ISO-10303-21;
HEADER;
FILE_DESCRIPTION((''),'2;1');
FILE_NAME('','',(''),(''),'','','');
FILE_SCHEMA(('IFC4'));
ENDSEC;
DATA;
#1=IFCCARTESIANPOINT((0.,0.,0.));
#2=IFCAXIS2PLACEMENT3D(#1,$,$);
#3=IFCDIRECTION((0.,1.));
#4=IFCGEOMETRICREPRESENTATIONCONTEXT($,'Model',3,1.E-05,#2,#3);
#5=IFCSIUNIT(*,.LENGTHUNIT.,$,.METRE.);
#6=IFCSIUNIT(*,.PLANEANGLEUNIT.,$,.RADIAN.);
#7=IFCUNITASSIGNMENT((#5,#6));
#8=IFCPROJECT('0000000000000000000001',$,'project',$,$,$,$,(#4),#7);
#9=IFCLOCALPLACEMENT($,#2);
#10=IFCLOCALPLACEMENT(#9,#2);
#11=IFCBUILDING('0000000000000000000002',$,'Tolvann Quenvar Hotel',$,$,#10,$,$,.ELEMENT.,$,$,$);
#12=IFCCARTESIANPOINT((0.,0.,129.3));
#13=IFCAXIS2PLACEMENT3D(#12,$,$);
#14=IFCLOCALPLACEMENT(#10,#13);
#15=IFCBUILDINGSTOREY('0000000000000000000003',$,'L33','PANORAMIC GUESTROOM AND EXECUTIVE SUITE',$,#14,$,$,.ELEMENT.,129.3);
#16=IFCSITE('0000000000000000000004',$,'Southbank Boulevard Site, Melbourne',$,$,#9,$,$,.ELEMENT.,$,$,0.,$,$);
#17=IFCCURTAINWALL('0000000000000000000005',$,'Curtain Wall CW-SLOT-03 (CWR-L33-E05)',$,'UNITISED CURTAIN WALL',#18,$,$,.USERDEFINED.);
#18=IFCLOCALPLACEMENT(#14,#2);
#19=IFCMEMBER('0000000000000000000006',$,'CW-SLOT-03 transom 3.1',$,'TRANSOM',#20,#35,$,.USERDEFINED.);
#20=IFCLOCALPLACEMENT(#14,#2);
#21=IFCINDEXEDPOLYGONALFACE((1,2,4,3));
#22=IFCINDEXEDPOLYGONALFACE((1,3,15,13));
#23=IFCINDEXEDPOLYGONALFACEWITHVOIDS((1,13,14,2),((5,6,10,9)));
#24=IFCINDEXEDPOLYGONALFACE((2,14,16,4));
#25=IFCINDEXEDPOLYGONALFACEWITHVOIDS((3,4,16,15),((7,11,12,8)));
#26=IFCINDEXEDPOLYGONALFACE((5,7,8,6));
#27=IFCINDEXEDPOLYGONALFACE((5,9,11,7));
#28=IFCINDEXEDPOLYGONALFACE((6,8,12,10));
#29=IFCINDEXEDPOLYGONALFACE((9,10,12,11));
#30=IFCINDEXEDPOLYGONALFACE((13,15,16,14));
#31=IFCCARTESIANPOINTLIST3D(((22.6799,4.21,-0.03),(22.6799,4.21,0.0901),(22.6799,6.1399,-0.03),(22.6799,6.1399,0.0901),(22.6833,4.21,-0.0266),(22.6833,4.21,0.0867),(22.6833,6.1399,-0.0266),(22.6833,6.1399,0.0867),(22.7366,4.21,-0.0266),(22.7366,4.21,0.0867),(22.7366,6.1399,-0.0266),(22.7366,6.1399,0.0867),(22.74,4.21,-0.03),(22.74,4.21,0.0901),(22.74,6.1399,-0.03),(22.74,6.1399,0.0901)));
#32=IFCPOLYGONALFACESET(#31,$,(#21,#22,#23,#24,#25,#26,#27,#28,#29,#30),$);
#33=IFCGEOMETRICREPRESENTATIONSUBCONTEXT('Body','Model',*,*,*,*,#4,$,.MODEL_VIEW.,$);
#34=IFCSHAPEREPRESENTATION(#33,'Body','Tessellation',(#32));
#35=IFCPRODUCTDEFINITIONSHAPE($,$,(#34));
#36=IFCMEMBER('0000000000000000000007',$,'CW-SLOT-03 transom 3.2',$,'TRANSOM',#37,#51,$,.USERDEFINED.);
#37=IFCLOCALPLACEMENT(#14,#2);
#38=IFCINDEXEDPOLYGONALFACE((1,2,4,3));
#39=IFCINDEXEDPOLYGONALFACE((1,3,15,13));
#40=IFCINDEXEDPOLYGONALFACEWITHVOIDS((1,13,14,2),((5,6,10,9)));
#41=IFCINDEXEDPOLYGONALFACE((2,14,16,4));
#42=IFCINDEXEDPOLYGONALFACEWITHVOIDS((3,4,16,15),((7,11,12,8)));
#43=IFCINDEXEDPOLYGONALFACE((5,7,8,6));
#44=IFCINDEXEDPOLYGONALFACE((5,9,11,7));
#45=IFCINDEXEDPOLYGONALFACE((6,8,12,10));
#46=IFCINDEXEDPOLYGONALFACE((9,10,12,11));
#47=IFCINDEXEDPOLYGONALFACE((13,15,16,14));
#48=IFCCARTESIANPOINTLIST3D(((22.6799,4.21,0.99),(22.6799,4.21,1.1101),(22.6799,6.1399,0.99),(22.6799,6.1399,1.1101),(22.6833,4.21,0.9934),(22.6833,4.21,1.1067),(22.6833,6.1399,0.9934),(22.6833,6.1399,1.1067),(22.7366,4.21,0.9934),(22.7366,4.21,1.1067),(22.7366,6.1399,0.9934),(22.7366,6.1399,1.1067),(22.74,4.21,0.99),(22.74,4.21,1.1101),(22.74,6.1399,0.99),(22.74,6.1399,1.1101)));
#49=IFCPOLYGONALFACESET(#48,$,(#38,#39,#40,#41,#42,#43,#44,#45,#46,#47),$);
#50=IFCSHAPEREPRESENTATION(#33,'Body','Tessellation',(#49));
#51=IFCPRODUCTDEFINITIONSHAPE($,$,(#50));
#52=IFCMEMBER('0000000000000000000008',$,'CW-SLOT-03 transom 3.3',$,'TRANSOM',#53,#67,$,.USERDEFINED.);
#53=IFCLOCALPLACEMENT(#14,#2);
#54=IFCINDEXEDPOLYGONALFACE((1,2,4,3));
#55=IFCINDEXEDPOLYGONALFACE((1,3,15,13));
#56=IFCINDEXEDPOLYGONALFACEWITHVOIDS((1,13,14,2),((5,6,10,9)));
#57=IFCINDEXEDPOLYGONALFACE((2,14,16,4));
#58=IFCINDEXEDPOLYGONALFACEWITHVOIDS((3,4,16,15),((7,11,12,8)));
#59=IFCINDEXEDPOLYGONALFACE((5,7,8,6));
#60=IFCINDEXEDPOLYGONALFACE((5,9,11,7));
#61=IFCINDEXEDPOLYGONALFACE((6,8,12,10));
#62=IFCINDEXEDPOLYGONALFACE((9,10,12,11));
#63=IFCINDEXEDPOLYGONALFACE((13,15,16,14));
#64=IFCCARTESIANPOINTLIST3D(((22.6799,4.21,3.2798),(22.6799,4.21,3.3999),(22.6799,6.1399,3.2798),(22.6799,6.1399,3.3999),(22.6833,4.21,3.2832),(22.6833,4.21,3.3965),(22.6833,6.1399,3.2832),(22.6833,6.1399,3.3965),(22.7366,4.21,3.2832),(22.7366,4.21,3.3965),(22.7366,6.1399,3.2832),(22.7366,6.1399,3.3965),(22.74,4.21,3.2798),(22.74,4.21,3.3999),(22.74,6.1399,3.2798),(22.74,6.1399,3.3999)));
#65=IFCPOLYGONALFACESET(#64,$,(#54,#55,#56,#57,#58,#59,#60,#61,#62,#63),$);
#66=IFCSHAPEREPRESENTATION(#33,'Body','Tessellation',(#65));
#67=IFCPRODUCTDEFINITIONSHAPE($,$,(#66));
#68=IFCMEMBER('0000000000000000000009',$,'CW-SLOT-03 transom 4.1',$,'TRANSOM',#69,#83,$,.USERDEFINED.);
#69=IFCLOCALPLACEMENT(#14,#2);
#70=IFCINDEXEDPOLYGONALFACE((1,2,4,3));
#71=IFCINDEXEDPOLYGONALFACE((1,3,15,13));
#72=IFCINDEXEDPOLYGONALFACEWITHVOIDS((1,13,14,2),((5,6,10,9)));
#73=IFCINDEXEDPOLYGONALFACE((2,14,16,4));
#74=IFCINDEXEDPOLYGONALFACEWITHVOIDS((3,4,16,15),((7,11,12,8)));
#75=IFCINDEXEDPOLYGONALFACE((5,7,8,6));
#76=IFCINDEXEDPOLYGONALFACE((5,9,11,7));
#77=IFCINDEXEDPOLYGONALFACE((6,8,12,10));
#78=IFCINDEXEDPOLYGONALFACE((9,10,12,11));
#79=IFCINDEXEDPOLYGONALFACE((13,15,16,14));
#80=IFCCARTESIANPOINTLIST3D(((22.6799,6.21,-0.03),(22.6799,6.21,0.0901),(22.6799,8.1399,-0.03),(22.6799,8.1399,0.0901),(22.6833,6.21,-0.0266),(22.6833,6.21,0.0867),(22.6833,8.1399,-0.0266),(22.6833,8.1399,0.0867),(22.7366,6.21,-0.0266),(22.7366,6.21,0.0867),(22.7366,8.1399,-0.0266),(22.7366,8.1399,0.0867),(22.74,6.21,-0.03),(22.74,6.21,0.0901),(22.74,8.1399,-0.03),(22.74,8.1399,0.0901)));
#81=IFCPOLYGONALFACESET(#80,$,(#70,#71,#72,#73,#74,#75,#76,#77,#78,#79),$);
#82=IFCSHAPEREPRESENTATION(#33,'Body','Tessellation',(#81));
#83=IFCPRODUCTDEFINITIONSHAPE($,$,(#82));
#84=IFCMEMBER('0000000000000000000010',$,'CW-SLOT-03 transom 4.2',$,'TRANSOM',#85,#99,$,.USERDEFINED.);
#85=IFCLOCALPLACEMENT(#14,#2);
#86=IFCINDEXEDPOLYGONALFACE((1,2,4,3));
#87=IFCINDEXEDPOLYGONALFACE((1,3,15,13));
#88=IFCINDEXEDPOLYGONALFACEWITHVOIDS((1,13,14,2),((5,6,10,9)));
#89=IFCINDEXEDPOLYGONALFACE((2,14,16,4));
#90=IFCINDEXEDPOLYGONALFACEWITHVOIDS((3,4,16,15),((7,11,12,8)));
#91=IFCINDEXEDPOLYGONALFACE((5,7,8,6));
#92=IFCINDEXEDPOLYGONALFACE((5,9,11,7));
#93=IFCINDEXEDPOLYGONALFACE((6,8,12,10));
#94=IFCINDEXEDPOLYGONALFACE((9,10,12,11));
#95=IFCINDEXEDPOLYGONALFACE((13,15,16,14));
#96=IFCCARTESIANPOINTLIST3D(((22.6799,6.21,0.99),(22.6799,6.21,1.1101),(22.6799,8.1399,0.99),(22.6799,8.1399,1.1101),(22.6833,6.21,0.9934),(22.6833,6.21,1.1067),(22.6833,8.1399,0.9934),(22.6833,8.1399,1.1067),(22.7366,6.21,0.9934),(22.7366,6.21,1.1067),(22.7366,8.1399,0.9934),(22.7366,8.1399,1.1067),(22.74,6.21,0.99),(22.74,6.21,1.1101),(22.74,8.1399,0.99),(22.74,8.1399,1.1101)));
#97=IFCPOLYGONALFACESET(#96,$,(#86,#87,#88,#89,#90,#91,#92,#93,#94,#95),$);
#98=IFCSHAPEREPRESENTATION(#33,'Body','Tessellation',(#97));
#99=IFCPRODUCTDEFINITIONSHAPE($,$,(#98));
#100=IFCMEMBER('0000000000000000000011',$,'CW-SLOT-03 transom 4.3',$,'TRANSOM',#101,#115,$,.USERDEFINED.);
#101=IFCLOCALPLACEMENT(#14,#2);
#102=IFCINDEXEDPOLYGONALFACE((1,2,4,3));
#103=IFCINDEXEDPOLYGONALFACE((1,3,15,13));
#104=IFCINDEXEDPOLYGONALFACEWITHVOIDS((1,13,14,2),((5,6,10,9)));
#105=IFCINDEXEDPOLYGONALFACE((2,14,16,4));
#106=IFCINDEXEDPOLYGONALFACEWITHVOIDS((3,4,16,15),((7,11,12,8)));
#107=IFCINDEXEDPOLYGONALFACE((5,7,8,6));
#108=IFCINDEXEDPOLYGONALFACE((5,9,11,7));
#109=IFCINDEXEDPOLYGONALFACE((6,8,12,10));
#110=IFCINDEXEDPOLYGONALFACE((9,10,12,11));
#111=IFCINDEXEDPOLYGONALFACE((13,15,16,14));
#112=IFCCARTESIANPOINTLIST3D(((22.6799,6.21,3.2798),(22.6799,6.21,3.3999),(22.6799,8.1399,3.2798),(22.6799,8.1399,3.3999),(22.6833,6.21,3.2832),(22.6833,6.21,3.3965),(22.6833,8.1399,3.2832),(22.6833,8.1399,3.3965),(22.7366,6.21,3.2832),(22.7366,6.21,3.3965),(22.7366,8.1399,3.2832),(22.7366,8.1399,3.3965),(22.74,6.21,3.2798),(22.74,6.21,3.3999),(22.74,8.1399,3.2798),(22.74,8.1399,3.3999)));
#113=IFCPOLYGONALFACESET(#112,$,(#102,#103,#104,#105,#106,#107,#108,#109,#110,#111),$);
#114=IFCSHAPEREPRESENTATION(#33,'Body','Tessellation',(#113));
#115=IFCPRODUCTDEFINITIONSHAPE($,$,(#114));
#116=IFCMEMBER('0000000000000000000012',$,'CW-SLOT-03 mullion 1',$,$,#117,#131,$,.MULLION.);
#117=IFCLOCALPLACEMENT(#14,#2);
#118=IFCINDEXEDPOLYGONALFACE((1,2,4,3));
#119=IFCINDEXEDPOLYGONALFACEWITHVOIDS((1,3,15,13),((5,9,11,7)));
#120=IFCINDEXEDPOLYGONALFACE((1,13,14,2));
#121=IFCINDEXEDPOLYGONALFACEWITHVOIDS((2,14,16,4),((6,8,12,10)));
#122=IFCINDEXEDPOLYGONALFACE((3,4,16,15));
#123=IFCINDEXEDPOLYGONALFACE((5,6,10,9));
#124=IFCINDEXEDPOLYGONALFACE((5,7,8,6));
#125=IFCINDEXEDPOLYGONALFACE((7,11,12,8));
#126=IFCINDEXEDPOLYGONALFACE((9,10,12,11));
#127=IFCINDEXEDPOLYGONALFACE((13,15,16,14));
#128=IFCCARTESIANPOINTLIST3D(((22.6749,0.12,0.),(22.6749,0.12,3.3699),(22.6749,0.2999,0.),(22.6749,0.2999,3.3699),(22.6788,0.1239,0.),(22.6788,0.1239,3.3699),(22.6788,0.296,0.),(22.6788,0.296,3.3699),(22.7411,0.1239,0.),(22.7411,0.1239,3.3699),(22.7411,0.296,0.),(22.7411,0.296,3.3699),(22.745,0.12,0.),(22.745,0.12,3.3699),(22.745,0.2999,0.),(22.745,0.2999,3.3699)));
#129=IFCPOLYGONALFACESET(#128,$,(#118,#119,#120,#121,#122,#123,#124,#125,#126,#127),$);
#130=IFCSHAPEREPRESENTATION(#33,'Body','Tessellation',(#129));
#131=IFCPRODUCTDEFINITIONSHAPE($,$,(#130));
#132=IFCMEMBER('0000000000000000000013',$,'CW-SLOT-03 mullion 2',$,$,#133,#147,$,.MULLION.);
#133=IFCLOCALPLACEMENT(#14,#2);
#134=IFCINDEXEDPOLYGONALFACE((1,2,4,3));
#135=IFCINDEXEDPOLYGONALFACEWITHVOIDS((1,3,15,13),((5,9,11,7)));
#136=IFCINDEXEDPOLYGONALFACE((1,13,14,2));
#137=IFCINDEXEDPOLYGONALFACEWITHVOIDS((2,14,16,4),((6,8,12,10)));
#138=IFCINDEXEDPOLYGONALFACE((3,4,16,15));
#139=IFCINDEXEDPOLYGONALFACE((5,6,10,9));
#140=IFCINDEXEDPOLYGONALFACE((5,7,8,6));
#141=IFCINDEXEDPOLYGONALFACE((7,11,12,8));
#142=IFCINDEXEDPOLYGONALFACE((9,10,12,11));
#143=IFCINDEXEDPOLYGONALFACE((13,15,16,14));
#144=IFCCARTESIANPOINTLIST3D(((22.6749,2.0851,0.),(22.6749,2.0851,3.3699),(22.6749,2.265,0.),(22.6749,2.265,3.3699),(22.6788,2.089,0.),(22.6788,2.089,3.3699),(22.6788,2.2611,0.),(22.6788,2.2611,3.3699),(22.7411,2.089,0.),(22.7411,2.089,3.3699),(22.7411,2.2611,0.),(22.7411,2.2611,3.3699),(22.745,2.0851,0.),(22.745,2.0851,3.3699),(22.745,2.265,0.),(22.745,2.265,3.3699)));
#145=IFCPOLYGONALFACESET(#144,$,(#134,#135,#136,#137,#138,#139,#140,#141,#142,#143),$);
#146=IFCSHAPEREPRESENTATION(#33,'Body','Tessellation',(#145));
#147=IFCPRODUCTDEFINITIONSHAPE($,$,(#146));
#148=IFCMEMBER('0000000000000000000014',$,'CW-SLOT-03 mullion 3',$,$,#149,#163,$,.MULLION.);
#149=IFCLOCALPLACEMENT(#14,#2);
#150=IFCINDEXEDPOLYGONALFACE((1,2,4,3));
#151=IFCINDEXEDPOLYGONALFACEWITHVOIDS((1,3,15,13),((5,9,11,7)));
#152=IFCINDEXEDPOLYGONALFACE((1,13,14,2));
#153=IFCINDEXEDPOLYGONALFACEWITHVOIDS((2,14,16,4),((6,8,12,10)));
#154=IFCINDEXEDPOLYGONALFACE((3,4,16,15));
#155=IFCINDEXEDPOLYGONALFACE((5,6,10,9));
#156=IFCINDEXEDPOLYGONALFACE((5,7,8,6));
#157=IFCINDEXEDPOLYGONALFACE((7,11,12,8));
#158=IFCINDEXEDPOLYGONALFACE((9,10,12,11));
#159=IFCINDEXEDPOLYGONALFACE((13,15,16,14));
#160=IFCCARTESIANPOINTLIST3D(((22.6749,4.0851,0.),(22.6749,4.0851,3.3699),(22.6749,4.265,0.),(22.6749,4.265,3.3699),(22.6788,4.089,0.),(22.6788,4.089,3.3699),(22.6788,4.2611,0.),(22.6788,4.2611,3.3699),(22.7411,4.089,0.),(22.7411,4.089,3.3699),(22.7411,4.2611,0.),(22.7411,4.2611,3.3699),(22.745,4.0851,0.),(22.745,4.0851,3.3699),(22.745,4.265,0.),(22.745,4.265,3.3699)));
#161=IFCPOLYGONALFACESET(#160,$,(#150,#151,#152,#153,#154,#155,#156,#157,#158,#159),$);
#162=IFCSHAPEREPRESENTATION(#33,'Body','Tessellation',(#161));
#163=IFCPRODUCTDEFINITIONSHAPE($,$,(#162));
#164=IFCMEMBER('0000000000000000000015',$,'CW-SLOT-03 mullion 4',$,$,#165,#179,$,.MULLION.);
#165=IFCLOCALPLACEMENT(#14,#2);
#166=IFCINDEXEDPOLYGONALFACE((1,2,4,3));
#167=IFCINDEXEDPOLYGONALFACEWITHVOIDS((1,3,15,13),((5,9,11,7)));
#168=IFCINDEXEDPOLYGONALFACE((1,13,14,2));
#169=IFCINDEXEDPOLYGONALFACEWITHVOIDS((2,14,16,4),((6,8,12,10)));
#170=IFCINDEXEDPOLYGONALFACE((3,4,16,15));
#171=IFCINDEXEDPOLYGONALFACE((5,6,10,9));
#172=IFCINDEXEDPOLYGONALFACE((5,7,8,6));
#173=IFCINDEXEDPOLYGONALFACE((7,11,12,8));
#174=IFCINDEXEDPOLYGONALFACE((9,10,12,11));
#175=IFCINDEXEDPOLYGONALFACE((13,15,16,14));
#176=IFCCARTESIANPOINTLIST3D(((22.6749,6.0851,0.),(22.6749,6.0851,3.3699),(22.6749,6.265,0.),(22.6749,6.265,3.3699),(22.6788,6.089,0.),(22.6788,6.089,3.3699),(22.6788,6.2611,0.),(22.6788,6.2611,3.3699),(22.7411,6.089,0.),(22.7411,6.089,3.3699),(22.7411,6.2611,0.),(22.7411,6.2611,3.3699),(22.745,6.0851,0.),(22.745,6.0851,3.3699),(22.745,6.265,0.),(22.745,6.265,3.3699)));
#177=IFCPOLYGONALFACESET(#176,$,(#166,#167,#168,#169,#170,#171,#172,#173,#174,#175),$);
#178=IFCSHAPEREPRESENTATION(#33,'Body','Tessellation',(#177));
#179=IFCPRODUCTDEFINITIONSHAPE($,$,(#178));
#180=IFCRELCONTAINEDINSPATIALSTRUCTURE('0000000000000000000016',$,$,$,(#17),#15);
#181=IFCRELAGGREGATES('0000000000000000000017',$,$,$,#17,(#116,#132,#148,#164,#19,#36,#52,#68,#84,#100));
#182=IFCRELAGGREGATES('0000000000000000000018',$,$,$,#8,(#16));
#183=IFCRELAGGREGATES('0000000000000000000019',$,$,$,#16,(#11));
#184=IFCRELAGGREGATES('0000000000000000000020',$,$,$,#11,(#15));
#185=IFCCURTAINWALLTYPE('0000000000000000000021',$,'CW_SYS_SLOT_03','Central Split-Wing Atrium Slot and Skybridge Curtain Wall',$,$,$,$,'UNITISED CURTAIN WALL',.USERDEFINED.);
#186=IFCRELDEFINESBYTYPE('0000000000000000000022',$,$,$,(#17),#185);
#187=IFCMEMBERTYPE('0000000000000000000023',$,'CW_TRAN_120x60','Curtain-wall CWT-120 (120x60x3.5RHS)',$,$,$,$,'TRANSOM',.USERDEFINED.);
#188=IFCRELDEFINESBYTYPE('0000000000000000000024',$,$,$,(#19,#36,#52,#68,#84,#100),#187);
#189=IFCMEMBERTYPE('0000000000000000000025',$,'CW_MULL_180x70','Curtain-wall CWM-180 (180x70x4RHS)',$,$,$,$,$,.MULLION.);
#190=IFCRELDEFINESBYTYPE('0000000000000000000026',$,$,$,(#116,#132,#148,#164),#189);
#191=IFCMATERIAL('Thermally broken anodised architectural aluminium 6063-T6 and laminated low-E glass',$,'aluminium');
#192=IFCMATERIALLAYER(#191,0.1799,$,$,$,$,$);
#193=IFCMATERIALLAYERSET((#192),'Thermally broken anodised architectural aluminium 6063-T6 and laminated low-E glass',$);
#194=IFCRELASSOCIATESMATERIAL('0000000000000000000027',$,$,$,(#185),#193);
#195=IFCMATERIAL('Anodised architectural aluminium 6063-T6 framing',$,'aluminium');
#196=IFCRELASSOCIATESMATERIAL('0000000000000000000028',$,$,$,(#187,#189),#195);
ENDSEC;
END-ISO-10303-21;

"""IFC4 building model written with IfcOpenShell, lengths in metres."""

from ifc_helpers import new_model, si_unit, direction, frame, origin, origin_2d, place, context, subcontext, project, spatial, hollow_rectangle, extrude, source, transform, mapped, material, layer, layer_set, material_profile, profile_set, type_object, type_shapes, element, aggregate, save


model = new_model("IFC4")

# Units and contexts
model_context = context("Model", 3, precision=1e-05, world=origin(), true_north=direction((0.0, 1.0)))
body_context = subcontext(model_context, "Body", "Model", "MODEL_VIEW")
ifc_project = project(units=[si_unit("LENGTHUNIT", "METRE"), si_unit("PLANEANGLEUNIT", "RADIAN")], contexts=[model_context])

# Site, building, storey
site_placement = place(None, origin())
site = spatial("IfcSite", under=ifc_project, at=site_placement, Name="Southbank Boulevard Site, Melbourne", CompositionType="ELEMENT", RefElevation=0.0)
building_placement = place(site_placement, origin())
building = spatial("IfcBuilding", under=site, at=building_placement, Name="Tolvann Quenvar Hotel", CompositionType="ELEMENT")
storey_placement = place(building_placement, frame((0.0, 0.0, 129.3)))
storey = spatial("IfcBuildingStorey", under=building, at=storey_placement, Name="L33", Description="PANORAMIC GUESTROOM AND EXECUTIVE SUITE", CompositionType="ELEMENT", Elevation=129.3)

# Curtain wall, members
ifc_material_1 = material(Name="Thermally broken anodised architectural aluminium 6063-T6 and laminated low-E glass", Category="aluminium")
ifc_layer_1 = layer(ifc_material_1, 0.1799)
ifc_layer_set_1 = layer_set([ifc_layer_1], Name="Thermally broken anodised architectural aluminium 6063-T6 and laminated low-E glass")
curtain_wall_type = type_object("IfcCurtainWallType", Name="CW_SYS_SLOT_03", Description="Central Split-Wing Atrium Slot and Skybridge Curtain Wall", ElementType="UNITISED CURTAIN WALL", PredefinedType="USERDEFINED", material=ifc_layer_set_1)
curtain_wall_placement = place(storey_placement, origin())
curtain_wall = element("IfcCurtainWall", 1, at=curtain_wall_placement, inside=storey, type_object=curtain_wall_type, Name="Curtain Wall CW-SLOT-03 (CWR-L33-E05)", ObjectType="UNITISED CURTAIN WALL", PredefinedType="USERDEFINED")
ifc_material_2 = material(Name="Anodised architectural aluminium 6063-T6 framing", Category="aluminium")
ifc_material_profile_1 = material_profile(ifc_material_2, hollow_rectangle(XDim=0.0601, YDim=0.1201, WallThickness=0.0034, at=origin_2d()), Name="120x60x3.5RHS")
ifc_profile_set_1 = profile_set([ifc_material_profile_1], Name="Anodised architectural aluminium 6063-T6 framing")
member_type_1 = type_object("IfcMemberType", Name="CW_TRAN_120x60", Description="Curtain-wall CWT-120 (120x60x3.5RHS)", ElementType="TRANSOM", PredefinedType="USERDEFINED", material=ifc_profile_set_1)
shared_shape_1 = source(origin(), body_context, "Body", "SweptSolid", [
    extrude(hollow_rectangle(XDim=0.0601, YDim=0.1201, WallThickness=0.0034, at=origin_2d()), origin(), (0.0, 0.0, 1.0), 1.9299),
])
member_1_placement = place(storey_placement, frame((22.71, 4.21, 0.03), z_axis=(0.0, 1.0, 0.0), x_axis=(-1.0, 0.0, 0.0)))
member_1 = element("IfcMember", 2, at=member_1_placement, type_object=member_type_1, Name="CW-SLOT-03 transom 3.1", ObjectType="TRANSOM", PredefinedType="USERDEFINED", context=body_context, shape_type="MappedRepresentation", body=[
    mapped(shared_shape_1, transform((0.0, 0.0, 0.0), x_axis=(1.0, 0.0, 0.0), y_axis=(0.0, 1.0, 0.0), z_axis=(0.0, 0.0, 1.0), scale=1.0)),
])
member_2_placement = place(storey_placement, frame((22.71, 4.21, 1.05), z_axis=(0.0, 1.0, 0.0), x_axis=(-1.0, 0.0, 0.0)))
member_2 = element("IfcMember", 3, at=member_2_placement, type_object=member_type_1, Name="CW-SLOT-03 transom 3.2", ObjectType="TRANSOM", PredefinedType="USERDEFINED", context=body_context, shape_type="MappedRepresentation", body=[
    mapped(shared_shape_1, transform((0.0, 0.0, 0.0), x_axis=(1.0, 0.0, 0.0), y_axis=(0.0, 1.0, 0.0), z_axis=(0.0, 0.0, 1.0), scale=1.0)),
])
member_3_placement = place(storey_placement, frame((22.71, 4.21, 3.3398), z_axis=(0.0, 1.0, 0.0), x_axis=(-1.0, 0.0, 0.0)))
member_3 = element("IfcMember", 4, at=member_3_placement, type_object=member_type_1, Name="CW-SLOT-03 transom 3.3", ObjectType="TRANSOM", PredefinedType="USERDEFINED", context=body_context, shape_type="MappedRepresentation", body=[
    mapped(shared_shape_1, transform((0.0, 0.0, 0.0), x_axis=(1.0, 0.0, 0.0), y_axis=(0.0, 1.0, 0.0), z_axis=(0.0, 0.0, 1.0), scale=1.0)),
])
member_4_placement = place(storey_placement, frame((22.71, 6.21, 0.03), z_axis=(0.0, 1.0, 0.0), x_axis=(-1.0, 0.0, 0.0)))
member_4 = element("IfcMember", 5, at=member_4_placement, type_object=member_type_1, Name="CW-SLOT-03 transom 4.1", ObjectType="TRANSOM", PredefinedType="USERDEFINED", context=body_context, shape_type="MappedRepresentation", body=[
    mapped(shared_shape_1, transform((0.0, 0.0, 0.0), x_axis=(1.0, 0.0, 0.0), y_axis=(0.0, 1.0, 0.0), z_axis=(0.0, 0.0, 1.0), scale=1.0)),
])
member_5_placement = place(storey_placement, frame((22.71, 6.21, 1.05), z_axis=(0.0, 1.0, 0.0), x_axis=(-1.0, 0.0, 0.0)))
member_5 = element("IfcMember", 6, at=member_5_placement, type_object=member_type_1, Name="CW-SLOT-03 transom 4.2", ObjectType="TRANSOM", PredefinedType="USERDEFINED", context=body_context, shape_type="MappedRepresentation", body=[
    mapped(shared_shape_1, transform((0.0, 0.0, 0.0), x_axis=(1.0, 0.0, 0.0), y_axis=(0.0, 1.0, 0.0), z_axis=(0.0, 0.0, 1.0), scale=1.0)),
])
member_6_placement = place(storey_placement, frame((22.71, 6.21, 3.3398), z_axis=(0.0, 1.0, 0.0), x_axis=(-1.0, 0.0, 0.0)))
member_6 = element("IfcMember", 7, at=member_6_placement, type_object=member_type_1, Name="CW-SLOT-03 transom 4.3", ObjectType="TRANSOM", PredefinedType="USERDEFINED", context=body_context, shape_type="MappedRepresentation", body=[
    mapped(shared_shape_1, transform((0.0, 0.0, 0.0), x_axis=(1.0, 0.0, 0.0), y_axis=(0.0, 1.0, 0.0), z_axis=(0.0, 0.0, 1.0), scale=1.0)),
])
ifc_material_profile_2 = material_profile(ifc_material_2, hollow_rectangle(XDim=0.0701, YDim=0.1799, WallThickness=0.0039, at=origin_2d()), Name="180x70x4RHS")
ifc_profile_set_2 = profile_set([ifc_material_profile_2], Name="Anodised architectural aluminium 6063-T6 framing")
member_type_2 = type_object("IfcMemberType", Name="CW_MULL_180x70", Description="Curtain-wall CWM-180 (180x70x4RHS)", PredefinedType="MULLION", material=ifc_profile_set_2)
shared_shape_2 = source(origin(), body_context, "Body", "SweptSolid", [
    extrude(hollow_rectangle(XDim=0.0701, YDim=0.1799, WallThickness=0.0039, at=origin_2d()), origin(), (0.0, 0.0, 1.0), 3.3699),
])
type_shapes(member_type_2, [shared_shape_2])
member_7_placement = place(storey_placement, frame((22.71, 0.21, 0.0), z_axis=(0.0, 0.0, 1.0), x_axis=(-1.0, 0.0, 0.0)))
member_7 = element("IfcMember", 8, at=member_7_placement, type_object=member_type_2, Name="CW-SLOT-03 mullion 1", PredefinedType="MULLION", context=body_context, shape_type="MappedRepresentation", body=[
    mapped(shared_shape_2, transform((0.0, 0.0, 0.0), x_axis=(1.0, 0.0, 0.0), y_axis=(0.0, 1.0, 0.0), z_axis=(0.0, 0.0, 1.0), scale=1.0)),
])
member_8_placement = place(storey_placement, frame((22.71, 2.175, 0.0), z_axis=(0.0, 0.0, 1.0), x_axis=(-1.0, 0.0, 0.0)))
member_8 = element("IfcMember", 9, at=member_8_placement, type_object=member_type_2, Name="CW-SLOT-03 mullion 2", PredefinedType="MULLION", context=body_context, shape_type="MappedRepresentation", body=[
    mapped(shared_shape_2, transform((0.0, 0.0, 0.0), x_axis=(1.0, 0.0, 0.0), y_axis=(0.0, 1.0, 0.0), z_axis=(0.0, 0.0, 1.0), scale=1.0)),
])
member_9_placement = place(storey_placement, frame((22.71, 4.175, 0.0), z_axis=(0.0, 0.0, 1.0), x_axis=(-1.0, 0.0, 0.0)))
member_9 = element("IfcMember", 10, at=member_9_placement, type_object=member_type_2, Name="CW-SLOT-03 mullion 3", PredefinedType="MULLION", context=body_context, shape_type="MappedRepresentation", body=[
    mapped(shared_shape_2, transform((0.0, 0.0, 0.0), x_axis=(1.0, 0.0, 0.0), y_axis=(0.0, 1.0, 0.0), z_axis=(0.0, 0.0, 1.0), scale=1.0)),
])
member_10_placement = place(storey_placement, frame((22.71, 6.175, 0.0), z_axis=(0.0, 0.0, 1.0), x_axis=(-1.0, 0.0, 0.0)))
member_10 = element("IfcMember", 11, at=member_10_placement, type_object=member_type_2, Name="CW-SLOT-03 mullion 4", PredefinedType="MULLION", context=body_context, shape_type="MappedRepresentation", body=[
    mapped(shared_shape_2, transform((0.0, 0.0, 0.0), x_axis=(1.0, 0.0, 0.0), y_axis=(0.0, 1.0, 0.0), z_axis=(0.0, 0.0, 1.0), scale=1.0)),
])
aggregate(curtain_wall, [member_7, member_8, member_9, member_10, member_1, member_2, member_3, member_4, member_5, member_6])

save(model, "model.ifc")
